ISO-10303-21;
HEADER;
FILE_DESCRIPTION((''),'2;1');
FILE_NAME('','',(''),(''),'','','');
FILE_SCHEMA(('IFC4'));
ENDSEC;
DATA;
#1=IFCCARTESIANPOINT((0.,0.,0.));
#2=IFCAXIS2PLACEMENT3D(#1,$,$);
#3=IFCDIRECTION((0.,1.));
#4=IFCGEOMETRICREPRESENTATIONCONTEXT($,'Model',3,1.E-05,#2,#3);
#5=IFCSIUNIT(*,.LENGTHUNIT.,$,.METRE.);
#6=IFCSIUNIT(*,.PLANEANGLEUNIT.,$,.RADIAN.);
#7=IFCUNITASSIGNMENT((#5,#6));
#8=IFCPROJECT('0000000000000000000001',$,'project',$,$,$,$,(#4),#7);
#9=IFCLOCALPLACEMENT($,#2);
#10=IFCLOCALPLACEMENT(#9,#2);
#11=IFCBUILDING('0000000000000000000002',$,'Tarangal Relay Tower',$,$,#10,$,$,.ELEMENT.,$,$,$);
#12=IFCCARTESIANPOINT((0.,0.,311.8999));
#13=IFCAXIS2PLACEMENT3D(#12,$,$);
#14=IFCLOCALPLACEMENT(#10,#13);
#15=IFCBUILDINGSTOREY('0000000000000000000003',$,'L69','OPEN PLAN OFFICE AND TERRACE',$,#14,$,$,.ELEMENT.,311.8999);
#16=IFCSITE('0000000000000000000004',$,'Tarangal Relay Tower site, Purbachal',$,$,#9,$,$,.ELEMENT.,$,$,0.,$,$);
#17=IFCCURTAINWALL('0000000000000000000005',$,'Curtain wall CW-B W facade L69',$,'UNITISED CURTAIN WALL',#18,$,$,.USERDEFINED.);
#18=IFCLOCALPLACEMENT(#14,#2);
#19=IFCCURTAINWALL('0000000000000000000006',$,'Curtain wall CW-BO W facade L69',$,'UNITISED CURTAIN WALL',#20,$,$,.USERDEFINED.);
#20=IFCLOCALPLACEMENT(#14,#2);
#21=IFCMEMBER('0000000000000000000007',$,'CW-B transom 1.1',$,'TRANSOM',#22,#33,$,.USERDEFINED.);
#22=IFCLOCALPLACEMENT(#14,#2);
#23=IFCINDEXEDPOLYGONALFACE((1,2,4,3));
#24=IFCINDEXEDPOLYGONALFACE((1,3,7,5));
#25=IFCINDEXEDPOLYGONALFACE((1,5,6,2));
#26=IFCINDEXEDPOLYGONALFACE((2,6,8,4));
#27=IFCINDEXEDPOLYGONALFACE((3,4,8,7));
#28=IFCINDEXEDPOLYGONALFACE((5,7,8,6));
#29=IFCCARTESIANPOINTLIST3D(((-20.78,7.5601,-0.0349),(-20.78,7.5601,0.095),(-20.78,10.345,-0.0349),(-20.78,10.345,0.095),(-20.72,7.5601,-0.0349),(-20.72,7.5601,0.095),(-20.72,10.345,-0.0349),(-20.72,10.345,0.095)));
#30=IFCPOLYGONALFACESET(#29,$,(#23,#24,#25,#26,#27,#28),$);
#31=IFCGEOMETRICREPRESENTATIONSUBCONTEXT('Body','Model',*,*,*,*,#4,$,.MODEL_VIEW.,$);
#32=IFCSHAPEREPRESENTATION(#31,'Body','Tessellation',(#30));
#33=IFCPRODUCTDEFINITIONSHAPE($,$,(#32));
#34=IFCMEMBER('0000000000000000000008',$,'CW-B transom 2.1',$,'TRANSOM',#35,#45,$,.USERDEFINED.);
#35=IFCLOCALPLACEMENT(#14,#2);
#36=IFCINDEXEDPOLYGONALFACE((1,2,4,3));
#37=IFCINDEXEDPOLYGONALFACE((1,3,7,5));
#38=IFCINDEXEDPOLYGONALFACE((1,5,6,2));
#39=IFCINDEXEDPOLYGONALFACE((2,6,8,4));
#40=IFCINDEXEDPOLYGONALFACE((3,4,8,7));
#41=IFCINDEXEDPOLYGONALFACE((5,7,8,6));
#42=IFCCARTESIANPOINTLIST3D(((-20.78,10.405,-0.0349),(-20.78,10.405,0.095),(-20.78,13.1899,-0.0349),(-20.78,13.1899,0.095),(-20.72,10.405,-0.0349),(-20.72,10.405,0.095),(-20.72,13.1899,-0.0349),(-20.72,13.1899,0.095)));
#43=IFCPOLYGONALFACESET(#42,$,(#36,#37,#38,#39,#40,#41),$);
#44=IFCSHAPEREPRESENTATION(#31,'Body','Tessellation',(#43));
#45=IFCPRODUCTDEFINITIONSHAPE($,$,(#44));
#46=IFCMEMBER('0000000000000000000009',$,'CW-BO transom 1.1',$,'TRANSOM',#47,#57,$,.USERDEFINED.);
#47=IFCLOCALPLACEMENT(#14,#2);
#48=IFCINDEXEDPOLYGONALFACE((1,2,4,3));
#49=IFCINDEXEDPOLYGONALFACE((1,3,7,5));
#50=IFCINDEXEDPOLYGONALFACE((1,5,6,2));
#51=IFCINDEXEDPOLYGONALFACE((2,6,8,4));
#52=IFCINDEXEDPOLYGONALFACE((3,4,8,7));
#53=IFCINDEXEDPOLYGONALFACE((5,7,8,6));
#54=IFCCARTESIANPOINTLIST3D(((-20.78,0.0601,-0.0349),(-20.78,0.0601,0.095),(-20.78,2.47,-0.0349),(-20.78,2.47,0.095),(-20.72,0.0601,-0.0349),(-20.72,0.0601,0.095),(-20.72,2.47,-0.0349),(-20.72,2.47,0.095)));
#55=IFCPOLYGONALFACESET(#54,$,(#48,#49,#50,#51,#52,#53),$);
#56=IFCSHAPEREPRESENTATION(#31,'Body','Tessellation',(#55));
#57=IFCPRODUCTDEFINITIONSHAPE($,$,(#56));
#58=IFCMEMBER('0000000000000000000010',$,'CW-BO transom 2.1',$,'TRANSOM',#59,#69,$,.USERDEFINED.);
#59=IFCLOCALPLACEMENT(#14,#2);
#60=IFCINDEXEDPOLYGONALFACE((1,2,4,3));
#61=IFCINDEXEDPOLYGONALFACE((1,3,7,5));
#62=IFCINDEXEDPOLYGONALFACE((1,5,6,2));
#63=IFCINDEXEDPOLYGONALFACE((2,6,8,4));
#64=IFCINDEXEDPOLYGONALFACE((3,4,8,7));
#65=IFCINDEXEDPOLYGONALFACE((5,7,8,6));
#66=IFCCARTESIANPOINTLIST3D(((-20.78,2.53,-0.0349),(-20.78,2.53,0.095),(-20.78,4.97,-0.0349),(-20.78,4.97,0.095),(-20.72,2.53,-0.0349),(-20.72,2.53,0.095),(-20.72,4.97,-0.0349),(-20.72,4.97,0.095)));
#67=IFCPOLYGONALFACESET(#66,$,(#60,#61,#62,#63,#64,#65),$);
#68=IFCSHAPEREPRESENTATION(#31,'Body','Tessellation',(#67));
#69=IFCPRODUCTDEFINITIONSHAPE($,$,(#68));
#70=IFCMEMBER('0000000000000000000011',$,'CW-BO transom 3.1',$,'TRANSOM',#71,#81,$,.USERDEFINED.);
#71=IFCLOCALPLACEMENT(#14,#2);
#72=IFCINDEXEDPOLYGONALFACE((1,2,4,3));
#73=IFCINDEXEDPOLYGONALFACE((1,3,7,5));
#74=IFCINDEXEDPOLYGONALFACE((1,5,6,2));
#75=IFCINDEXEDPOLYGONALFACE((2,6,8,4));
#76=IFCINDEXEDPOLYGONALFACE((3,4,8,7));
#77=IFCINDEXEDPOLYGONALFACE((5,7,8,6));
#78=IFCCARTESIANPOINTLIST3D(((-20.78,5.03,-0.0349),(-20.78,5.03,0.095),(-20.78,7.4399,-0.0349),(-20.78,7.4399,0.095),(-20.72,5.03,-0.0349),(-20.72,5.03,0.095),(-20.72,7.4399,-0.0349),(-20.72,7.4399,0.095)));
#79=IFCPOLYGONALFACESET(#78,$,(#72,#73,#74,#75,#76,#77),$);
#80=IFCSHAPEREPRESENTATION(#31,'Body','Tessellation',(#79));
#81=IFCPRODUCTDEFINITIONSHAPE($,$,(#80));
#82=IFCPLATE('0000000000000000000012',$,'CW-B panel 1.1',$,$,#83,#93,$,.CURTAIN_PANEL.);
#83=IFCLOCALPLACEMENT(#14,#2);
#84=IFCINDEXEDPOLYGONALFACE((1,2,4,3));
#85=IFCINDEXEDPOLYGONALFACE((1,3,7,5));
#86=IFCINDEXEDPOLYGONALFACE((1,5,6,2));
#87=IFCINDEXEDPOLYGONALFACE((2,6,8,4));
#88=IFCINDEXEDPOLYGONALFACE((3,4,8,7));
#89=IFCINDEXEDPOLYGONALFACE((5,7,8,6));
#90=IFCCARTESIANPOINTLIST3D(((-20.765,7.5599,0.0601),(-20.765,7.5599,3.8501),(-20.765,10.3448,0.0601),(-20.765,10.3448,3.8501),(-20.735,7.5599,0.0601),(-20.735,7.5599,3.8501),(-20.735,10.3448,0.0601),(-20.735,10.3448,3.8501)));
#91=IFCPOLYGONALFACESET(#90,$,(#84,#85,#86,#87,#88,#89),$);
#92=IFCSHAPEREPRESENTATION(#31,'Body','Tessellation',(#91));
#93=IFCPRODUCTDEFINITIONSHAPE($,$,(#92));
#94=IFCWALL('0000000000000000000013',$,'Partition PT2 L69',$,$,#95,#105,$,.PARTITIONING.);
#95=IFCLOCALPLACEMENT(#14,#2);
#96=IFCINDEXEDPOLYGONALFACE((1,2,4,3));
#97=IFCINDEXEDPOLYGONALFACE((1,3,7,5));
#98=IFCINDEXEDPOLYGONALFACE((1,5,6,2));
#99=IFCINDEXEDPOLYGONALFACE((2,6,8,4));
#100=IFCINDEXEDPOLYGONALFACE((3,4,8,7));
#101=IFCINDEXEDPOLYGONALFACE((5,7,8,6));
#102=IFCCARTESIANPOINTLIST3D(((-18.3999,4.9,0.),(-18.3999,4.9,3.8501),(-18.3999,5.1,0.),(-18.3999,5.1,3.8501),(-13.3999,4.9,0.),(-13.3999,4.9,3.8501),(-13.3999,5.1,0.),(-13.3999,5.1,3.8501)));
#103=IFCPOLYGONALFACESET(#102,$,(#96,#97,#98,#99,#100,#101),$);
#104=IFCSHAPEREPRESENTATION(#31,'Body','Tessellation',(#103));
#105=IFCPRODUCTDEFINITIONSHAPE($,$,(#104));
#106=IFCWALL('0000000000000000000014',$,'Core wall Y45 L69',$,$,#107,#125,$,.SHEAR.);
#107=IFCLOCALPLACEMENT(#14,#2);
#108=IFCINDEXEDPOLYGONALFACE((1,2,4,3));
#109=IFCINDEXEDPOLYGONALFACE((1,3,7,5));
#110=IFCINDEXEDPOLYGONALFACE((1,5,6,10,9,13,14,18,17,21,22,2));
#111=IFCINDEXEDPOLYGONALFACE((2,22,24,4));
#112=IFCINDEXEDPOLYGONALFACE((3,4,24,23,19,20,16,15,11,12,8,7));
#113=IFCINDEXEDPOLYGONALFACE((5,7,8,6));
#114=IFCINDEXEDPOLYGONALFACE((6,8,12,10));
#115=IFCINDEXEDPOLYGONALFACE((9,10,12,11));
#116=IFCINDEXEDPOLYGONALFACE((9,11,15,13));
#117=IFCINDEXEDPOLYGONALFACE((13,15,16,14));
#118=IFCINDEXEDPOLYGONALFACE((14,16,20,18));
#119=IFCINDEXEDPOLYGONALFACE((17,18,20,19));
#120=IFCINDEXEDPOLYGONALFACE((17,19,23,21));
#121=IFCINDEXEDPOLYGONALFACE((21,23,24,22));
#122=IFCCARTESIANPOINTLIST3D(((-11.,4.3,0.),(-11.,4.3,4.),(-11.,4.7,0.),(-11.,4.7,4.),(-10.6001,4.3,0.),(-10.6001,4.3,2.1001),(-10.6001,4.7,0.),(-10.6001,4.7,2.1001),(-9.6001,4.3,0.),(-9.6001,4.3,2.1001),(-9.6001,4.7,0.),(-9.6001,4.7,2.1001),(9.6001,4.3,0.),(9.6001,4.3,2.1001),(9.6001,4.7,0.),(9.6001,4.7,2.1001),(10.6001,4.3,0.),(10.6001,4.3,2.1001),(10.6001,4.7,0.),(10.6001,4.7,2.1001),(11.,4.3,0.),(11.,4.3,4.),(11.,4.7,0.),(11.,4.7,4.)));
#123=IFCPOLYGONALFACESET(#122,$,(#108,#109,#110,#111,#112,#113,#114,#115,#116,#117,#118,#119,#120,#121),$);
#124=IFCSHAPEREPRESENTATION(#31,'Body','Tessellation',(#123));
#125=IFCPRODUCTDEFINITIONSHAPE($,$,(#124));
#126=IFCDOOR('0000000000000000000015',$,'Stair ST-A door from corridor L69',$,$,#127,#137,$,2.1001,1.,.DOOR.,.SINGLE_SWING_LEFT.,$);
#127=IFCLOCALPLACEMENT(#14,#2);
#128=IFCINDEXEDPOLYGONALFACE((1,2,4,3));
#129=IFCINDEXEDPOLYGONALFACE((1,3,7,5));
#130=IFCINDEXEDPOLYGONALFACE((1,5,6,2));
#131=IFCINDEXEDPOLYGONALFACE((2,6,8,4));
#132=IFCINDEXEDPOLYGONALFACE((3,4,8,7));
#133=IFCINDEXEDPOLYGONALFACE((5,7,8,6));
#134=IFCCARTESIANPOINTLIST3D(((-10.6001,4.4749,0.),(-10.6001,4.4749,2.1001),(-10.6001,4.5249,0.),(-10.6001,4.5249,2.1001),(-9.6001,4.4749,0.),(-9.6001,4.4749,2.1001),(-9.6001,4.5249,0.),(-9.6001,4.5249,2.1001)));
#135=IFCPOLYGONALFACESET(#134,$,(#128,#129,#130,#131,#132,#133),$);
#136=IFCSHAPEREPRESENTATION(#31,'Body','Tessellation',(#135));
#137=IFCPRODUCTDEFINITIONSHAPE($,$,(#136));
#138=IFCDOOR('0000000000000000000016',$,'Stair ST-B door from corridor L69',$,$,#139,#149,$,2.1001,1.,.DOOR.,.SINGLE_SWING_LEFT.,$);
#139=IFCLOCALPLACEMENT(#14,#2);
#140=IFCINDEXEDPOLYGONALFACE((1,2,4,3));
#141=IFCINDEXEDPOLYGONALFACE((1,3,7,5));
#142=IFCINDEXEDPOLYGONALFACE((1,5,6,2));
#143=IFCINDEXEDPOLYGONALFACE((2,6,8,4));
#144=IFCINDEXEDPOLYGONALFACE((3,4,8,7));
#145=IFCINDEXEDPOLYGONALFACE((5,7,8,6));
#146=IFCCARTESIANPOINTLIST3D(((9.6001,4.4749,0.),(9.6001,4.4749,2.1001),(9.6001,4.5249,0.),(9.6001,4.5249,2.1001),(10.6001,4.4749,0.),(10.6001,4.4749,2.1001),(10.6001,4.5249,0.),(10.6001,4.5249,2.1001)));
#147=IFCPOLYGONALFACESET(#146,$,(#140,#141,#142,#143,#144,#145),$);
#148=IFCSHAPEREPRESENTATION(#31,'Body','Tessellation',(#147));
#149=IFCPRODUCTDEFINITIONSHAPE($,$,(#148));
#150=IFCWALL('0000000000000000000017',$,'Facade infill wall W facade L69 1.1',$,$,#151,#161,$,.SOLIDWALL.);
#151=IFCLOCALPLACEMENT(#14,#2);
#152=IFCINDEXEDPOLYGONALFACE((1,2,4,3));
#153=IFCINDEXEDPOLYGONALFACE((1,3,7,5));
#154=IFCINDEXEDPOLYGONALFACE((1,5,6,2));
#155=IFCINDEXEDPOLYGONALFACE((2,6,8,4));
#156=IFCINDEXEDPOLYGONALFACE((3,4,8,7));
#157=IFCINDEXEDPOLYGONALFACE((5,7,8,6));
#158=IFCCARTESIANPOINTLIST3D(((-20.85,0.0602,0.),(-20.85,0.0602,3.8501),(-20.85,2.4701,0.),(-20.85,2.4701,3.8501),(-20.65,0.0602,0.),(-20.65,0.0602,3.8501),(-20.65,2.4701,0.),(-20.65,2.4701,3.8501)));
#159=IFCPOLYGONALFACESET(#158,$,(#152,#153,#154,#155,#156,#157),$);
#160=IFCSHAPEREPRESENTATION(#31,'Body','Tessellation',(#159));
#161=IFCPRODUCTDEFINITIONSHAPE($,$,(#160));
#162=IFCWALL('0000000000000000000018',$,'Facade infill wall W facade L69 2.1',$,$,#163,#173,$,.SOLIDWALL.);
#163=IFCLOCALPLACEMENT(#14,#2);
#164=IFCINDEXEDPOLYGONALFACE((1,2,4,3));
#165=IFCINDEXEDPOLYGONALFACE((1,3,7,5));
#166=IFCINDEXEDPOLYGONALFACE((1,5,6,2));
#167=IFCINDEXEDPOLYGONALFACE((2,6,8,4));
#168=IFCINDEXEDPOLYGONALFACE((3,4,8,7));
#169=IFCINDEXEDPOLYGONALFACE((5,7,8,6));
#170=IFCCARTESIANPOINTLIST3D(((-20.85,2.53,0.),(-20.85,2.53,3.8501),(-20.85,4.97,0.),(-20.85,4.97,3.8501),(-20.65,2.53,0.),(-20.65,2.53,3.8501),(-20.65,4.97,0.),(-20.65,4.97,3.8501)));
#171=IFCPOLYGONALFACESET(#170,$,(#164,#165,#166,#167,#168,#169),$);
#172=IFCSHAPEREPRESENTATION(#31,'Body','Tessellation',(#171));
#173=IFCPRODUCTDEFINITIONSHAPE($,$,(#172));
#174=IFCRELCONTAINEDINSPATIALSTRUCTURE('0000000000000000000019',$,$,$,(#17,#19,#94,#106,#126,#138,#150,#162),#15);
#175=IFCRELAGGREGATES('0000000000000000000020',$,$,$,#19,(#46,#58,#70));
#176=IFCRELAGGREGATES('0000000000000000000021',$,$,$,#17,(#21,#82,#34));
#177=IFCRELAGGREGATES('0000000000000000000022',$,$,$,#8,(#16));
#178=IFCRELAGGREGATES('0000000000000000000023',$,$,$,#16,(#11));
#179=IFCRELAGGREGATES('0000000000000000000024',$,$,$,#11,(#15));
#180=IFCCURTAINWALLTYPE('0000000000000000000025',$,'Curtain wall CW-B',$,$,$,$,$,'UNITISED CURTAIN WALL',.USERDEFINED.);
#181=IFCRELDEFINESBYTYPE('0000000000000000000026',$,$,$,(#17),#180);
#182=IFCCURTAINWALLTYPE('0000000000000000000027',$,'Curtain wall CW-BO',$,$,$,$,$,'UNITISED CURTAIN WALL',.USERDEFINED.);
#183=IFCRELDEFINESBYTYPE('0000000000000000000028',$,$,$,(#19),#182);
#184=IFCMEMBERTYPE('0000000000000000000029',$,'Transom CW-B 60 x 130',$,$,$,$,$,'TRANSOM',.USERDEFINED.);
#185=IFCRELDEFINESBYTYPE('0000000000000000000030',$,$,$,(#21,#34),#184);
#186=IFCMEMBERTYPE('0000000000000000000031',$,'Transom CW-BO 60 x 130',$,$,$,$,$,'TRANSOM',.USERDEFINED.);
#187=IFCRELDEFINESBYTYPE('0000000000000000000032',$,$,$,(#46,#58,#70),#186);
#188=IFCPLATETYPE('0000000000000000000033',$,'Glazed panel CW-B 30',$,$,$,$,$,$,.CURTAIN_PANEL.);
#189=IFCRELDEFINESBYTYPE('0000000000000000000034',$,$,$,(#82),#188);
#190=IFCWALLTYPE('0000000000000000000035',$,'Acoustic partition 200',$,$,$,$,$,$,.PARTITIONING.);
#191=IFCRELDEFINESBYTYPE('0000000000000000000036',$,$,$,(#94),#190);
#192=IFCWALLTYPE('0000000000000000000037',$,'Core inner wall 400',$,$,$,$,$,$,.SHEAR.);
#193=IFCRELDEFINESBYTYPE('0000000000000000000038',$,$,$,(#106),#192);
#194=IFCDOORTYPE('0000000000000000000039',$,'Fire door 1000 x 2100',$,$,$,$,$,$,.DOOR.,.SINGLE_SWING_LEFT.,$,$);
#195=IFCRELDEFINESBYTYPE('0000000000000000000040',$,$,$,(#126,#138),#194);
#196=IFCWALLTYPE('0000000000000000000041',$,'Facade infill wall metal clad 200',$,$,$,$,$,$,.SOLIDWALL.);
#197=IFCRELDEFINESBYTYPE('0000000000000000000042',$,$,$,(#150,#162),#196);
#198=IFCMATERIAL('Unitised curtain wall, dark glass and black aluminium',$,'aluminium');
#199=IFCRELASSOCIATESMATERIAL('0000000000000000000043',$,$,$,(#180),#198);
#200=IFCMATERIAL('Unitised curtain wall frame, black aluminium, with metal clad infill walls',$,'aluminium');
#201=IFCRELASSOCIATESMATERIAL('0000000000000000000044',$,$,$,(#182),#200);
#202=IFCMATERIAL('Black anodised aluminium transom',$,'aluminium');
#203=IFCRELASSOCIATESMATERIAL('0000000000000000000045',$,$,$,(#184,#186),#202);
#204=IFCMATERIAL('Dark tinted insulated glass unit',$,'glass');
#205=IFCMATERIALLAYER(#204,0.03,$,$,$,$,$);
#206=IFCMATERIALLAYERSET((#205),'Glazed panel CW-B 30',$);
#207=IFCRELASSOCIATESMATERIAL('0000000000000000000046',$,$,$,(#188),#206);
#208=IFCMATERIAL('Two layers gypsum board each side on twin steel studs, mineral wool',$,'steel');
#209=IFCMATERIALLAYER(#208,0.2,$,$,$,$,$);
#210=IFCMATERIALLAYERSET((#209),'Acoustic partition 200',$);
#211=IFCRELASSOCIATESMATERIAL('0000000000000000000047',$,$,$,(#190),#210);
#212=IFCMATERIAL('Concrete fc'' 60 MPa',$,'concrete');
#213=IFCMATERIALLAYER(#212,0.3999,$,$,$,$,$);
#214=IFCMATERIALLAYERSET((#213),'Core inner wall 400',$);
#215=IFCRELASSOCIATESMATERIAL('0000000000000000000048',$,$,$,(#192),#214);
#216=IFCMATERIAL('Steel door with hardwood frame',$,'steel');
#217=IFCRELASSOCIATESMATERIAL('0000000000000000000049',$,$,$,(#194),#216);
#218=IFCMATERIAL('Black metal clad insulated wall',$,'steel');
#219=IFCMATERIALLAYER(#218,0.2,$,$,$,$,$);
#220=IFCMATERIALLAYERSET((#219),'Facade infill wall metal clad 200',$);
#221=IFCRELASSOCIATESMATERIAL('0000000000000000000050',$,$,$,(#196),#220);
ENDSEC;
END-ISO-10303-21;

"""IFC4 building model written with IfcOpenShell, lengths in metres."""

from ifc_helpers import new_model, si_unit, direction, frame, frame_2d, origin, origin_2d, place, context, subcontext, project, spatial, rectangle, extrude, material, layer, layer_set, material_profile, profile_set, type_object, element, fill, aggregate, save


model = new_model("IFC4")

# Units and contexts
model_context = context("Model", 3, precision=1e-05, world=origin(), true_north=direction((0.0, 1.0)))
body_context = subcontext(model_context, "Body", "Model", "MODEL_VIEW")
ifc_project = project(units=[si_unit("LENGTHUNIT", "METRE"), si_unit("PLANEANGLEUNIT", "RADIAN")], contexts=[model_context])

# Site, building, storey
site_placement = place(None, origin())
site = spatial("IfcSite", under=ifc_project, at=site_placement, Name="Tarangal Relay Tower site, Purbachal", CompositionType="ELEMENT", RefElevation=0.0)
building_placement = place(site_placement, origin())
building = spatial("IfcBuilding", under=site, at=building_placement, Name="Tarangal Relay Tower", CompositionType="ELEMENT")
storey_placement = place(building_placement, frame((0.0, 0.0, 311.8999)))
storey = spatial("IfcBuildingStorey", under=building, at=storey_placement, Name="L69", Description="OPEN PLAN OFFICE AND TERRACE", CompositionType="ELEMENT", Elevation=311.8999)

# Curtain walls
ifc_material_1 = material(Name="Unitised curtain wall, dark glass and black aluminium", Category="aluminium")
curtain_wall_type_1 = type_object("IfcCurtainWallType", Name="Curtain wall CW-B", ElementType="UNITISED CURTAIN WALL", PredefinedType="USERDEFINED", material=ifc_material_1)
curtain_wall_1_placement = place(storey_placement, origin())
curtain_wall_1 = element("IfcCurtainWall", 1, at=curtain_wall_1_placement, inside=storey, type_object=curtain_wall_type_1, Name="Curtain wall CW-B W facade L69", ObjectType="UNITISED CURTAIN WALL", PredefinedType="USERDEFINED")
ifc_material_2 = material(Name="Unitised curtain wall frame, black aluminium, with metal clad infill walls", Category="aluminium")
curtain_wall_type_2 = type_object("IfcCurtainWallType", Name="Curtain wall CW-BO", ElementType="UNITISED CURTAIN WALL", PredefinedType="USERDEFINED", material=ifc_material_2)
curtain_wall_2_placement = place(storey_placement, origin())
curtain_wall_2 = element("IfcCurtainWall", 2, at=curtain_wall_2_placement, inside=storey, type_object=curtain_wall_type_2, Name="Curtain wall CW-BO W facade L69", ObjectType="UNITISED CURTAIN WALL", PredefinedType="USERDEFINED")

# Members
ifc_material_3 = material(Name="Black anodised aluminium transom", Category="aluminium")
ifc_material_profile_1 = material_profile(ifc_material_3, rectangle(XDim=0.0601, YDim=0.1299, at=origin_2d()), Name="CW-BT 60X130")
ifc_profile_set_1 = profile_set([ifc_material_profile_1], Name="Black anodised aluminium transom")
member_type_1 = type_object("IfcMemberType", Name="Transom CW-B 60 x 130", ElementType="TRANSOM", PredefinedType="USERDEFINED", material=ifc_profile_set_1)
member_1_placement = place(storey_placement, frame((-20.75, 7.5601, 0.03), z_axis=(0.0, 1.0, 0.0), x_axis=(-1.0, 0.0, 0.0)))
member_1 = element("IfcMember", 3, at=member_1_placement, type_object=member_type_1, Name="CW-B transom 1.1", ObjectType="TRANSOM", PredefinedType="USERDEFINED", context=body_context, shape_type="SweptSolid", body=[
    extrude(rectangle(XDim=0.0601, YDim=0.1299, at=origin_2d()), origin(), (0.0, 0.0, 1.0), 2.7849),
])
member_2_placement = place(storey_placement, frame((-20.75, 10.405, 0.03), z_axis=(0.0, 1.0, 0.0), x_axis=(-1.0, 0.0, 0.0)))
member_2 = element("IfcMember", 4, at=member_2_placement, type_object=member_type_1, Name="CW-B transom 2.1", ObjectType="TRANSOM", PredefinedType="USERDEFINED", context=body_context, shape_type="SweptSolid", body=[
    extrude(rectangle(XDim=0.0601, YDim=0.1299, at=origin_2d()), origin(), (0.0, 0.0, 1.0), 2.7849),
])
ifc_material_profile_2 = material_profile(ifc_material_3, rectangle(XDim=0.0601, YDim=0.1299, at=origin_2d()), Name="CW-BOT 60X130")
ifc_profile_set_2 = profile_set([ifc_material_profile_2], Name="Black anodised aluminium transom")
member_type_2 = type_object("IfcMemberType", Name="Transom CW-BO 60 x 130", ElementType="TRANSOM", PredefinedType="USERDEFINED", material=ifc_profile_set_2)
member_3_placement = place(storey_placement, frame((-20.75, 0.0601, 0.03), z_axis=(0.0, 1.0, 0.0), x_axis=(-1.0, 0.0, 0.0)))
member_3 = element("IfcMember", 5, at=member_3_placement, type_object=member_type_2, Name="CW-BO transom 1.1", ObjectType="TRANSOM", PredefinedType="USERDEFINED", context=body_context, shape_type="SweptSolid", body=[
    extrude(rectangle(XDim=0.0601, YDim=0.1299, at=origin_2d()), origin(), (0.0, 0.0, 1.0), 2.4099),
])
member_4_placement = place(storey_placement, frame((-20.75, 2.53, 0.03), z_axis=(0.0, 1.0, 0.0), x_axis=(-1.0, 0.0, 0.0)))
member_4 = element("IfcMember", 6, at=member_4_placement, type_object=member_type_2, Name="CW-BO transom 2.1", ObjectType="TRANSOM", PredefinedType="USERDEFINED", context=body_context, shape_type="SweptSolid", body=[
    extrude(rectangle(XDim=0.0601, YDim=0.1299, at=origin_2d()), origin(), (0.0, 0.0, 1.0), 2.4399),
])
member_5_placement = place(storey_placement, frame((-20.75, 5.03, 0.03), z_axis=(0.0, 1.0, 0.0), x_axis=(-1.0, 0.0, 0.0)))
member_5 = element("IfcMember", 7, at=member_5_placement, type_object=member_type_2, Name="CW-BO transom 3.1", ObjectType="TRANSOM", PredefinedType="USERDEFINED", context=body_context, shape_type="SweptSolid", body=[
    extrude(rectangle(XDim=0.0601, YDim=0.1299, at=origin_2d()), origin(), (0.0, 0.0, 1.0), 2.4099),
])
aggregate(curtain_wall_2, [member_3, member_4, member_5])

# Plate
ifc_material_4 = material(Name="Dark tinted insulated glass unit", Category="glass")
ifc_layer_1 = layer(ifc_material_4, 0.03)
ifc_layer_set_1 = layer_set([ifc_layer_1], Name="Glazed panel CW-B 30")
plate_type = type_object("IfcPlateType", Name="Glazed panel CW-B 30", PredefinedType="CURTAIN_PANEL", material=ifc_layer_set_1)
plate_placement = place(storey_placement, frame((-20.75, 8.9524, 0.0601), z_axis=(0.0, 0.0, 1.0), x_axis=(0.0, 1.0, 0.0)))
plate = element("IfcPlate", 8, at=plate_placement, type_object=plate_type, Name="CW-B panel 1.1", PredefinedType="CURTAIN_PANEL", context=body_context, shape_type="SweptSolid", body=[
    extrude(rectangle(XDim=2.7849, YDim=0.03, at=origin_2d()), origin(), (0.0, 0.0, 1.0), 3.79),
])
aggregate(curtain_wall_1, [member_1, plate, member_2])

# Wall
ifc_material_5 = material(Name="Two layers gypsum board each side on twin steel studs, mineral wool", Category="steel")
ifc_layer_2 = layer(ifc_material_5, 0.2)
ifc_layer_set_2 = layer_set([ifc_layer_2], Name="Acoustic partition 200")
wall_type_1 = type_object("IfcWallType", Name="Acoustic partition 200", PredefinedType="PARTITIONING", material=ifc_layer_set_2)
wall_1_placement = place(storey_placement, frame((-18.3999, 5.0, 0.0), z_axis=(0.0, 0.0, 1.0), x_axis=(1.0, 0.0, 0.0)))
element("IfcWall", 9, at=wall_1_placement, inside=storey, type_object=wall_type_1, Name="Partition PT2 L69", PredefinedType="PARTITIONING", context=body_context, shape_type="SweptSolid", body=[
    extrude(rectangle(XDim=5.0, YDim=0.2, at=frame_2d((2.5, 0.0))), origin(), (0.0, 0.0, 1.0), 3.8501),
])

# Wall, openings, doors
ifc_material_6 = material(Name="Concrete fc' 60 MPa", Category="concrete")
ifc_layer_3 = layer(ifc_material_6, 0.3999)
ifc_layer_set_3 = layer_set([ifc_layer_3], Name="Core inner wall 400")
wall_type_2 = type_object("IfcWallType", Name="Core inner wall 400", PredefinedType="SHEAR", material=ifc_layer_set_3)
wall_2_placement = place(storey_placement, frame((-11.0, 4.5, 0.0), z_axis=(0.0, 0.0, 1.0), x_axis=(1.0, 0.0, 0.0)))
wall_2 = element("IfcWall", 10, at=wall_2_placement, inside=storey, type_object=wall_type_2, Name="Core wall Y45 L69", PredefinedType="SHEAR", context=body_context, shape_type="SweptSolid", body=[
    extrude(rectangle(XDim=22.0, YDim=0.3999, at=frame_2d((11.0, 0.0))), origin(), (0.0, 0.0, 1.0), 4.0),
])
opening_1_placement = place(wall_2_placement, frame((0.3999, 0.0, 0.0)))
opening_1 = element("IfcOpeningElement", 11, at=opening_1_placement, cuts=wall_2, PredefinedType="OPENING", context=body_context, shape_type="SweptSolid", body=[
    extrude(rectangle(XDim=1.0, YDim=2.1001, at=frame_2d((0.5, 1.05))), frame((0.0, 0.21, 0.0), z_axis=(0.0, -1.0, 0.0), x_axis=(1.0, 0.0, 0.0)), (0.0, 0.0, 1.0), 0.4199),
])
opening_2_placement = place(wall_2_placement, frame((20.6001, 0.0, 0.0)))
opening_2 = element("IfcOpeningElement", 12, at=opening_2_placement, cuts=wall_2, PredefinedType="OPENING", context=body_context, shape_type="SweptSolid", body=[
    extrude(rectangle(XDim=1.0, YDim=2.1001, at=frame_2d((0.5, 1.05))), frame((0.0, 0.21, 0.0), z_axis=(0.0, -1.0, 0.0), x_axis=(1.0, 0.0, 0.0)), (0.0, 0.0, 1.0), 0.4199),
])
ifc_material_7 = material(Name="Steel door with hardwood frame", Category="steel")
door_type = type_object("IfcDoorType", Name="Fire door 1000 x 2100", OperationType="SINGLE_SWING_LEFT", PredefinedType="DOOR", material=ifc_material_7)
door_1_placement = place(opening_1_placement, origin())
door_1 = element("IfcDoor", 13, at=door_1_placement, inside=storey, type_object=door_type, Name="Stair ST-A door from corridor L69", OperationType="SINGLE_SWING_LEFT", OverallHeight=2.1001, OverallWidth=1.0, PredefinedType="DOOR", context=body_context, shape_type="SweptSolid", body=[
    extrude(rectangle(XDim=1.0, YDim=2.1001, at=frame_2d((0.5, 1.05))), frame((0.0, 0.0249, 0.0), z_axis=(0.0, -1.0, 0.0), x_axis=(1.0, 0.0, 0.0)), (0.0, 0.0, 1.0), 0.05),
])
fill(opening_1, door_1)
door_2_placement = place(opening_2_placement, origin())
door_2 = element("IfcDoor", 14, at=door_2_placement, inside=storey, type_object=door_type, Name="Stair ST-B door from corridor L69", OperationType="SINGLE_SWING_LEFT", OverallHeight=2.1001, OverallWidth=1.0, PredefinedType="DOOR", context=body_context, shape_type="SweptSolid", body=[
    extrude(rectangle(XDim=1.0, YDim=2.1001, at=frame_2d((0.5, 1.05))), frame((0.0, 0.0249, 0.0), z_axis=(0.0, -1.0, 0.0), x_axis=(1.0, 0.0, 0.0)), (0.0, 0.0, 1.0), 0.05),
])
fill(opening_2, door_2)

# Walls
ifc_material_8 = material(Name="Black metal clad insulated wall", Category="steel")
ifc_layer_4 = layer(ifc_material_8, 0.2)
ifc_layer_set_4 = layer_set([ifc_layer_4], Name="Facade infill wall metal clad 200")
wall_type_3 = type_object("IfcWallType", Name="Facade infill wall metal clad 200", PredefinedType="SOLIDWALL", material=ifc_layer_set_4)
wall_3_placement = place(storey_placement, frame((-20.75, 0.0601, 0.0), z_axis=(0.0, 0.0, 1.0), x_axis=(0.0, 1.0, 0.0)))
element("IfcWall", 15, at=wall_3_placement, inside=storey, type_object=wall_type_3, Name="Facade infill wall W facade L69 1.1", PredefinedType="SOLIDWALL", context=body_context, shape_type="SweptSolid", body=[
    extrude(rectangle(XDim=2.4099, YDim=0.2, at=frame_2d((1.2051, 0.0))), origin(), (0.0, 0.0, 1.0), 3.8501),
])
wall_4_placement = place(storey_placement, frame((-20.75, 2.53, 0.0), z_axis=(0.0, 0.0, 1.0), x_axis=(0.0, 1.0, 0.0)))
element("IfcWall", 16, at=wall_4_placement, inside=storey, type_object=wall_type_3, Name="Facade infill wall W facade L69 2.1", PredefinedType="SOLIDWALL", context=body_context, shape_type="SweptSolid", body=[
    extrude(rectangle(XDim=2.4399, YDim=0.2, at=frame_2d((1.22, 0.0))), origin(), (0.0, 0.0, 1.0), 3.8501),
])

save(model, "model.ifc")
